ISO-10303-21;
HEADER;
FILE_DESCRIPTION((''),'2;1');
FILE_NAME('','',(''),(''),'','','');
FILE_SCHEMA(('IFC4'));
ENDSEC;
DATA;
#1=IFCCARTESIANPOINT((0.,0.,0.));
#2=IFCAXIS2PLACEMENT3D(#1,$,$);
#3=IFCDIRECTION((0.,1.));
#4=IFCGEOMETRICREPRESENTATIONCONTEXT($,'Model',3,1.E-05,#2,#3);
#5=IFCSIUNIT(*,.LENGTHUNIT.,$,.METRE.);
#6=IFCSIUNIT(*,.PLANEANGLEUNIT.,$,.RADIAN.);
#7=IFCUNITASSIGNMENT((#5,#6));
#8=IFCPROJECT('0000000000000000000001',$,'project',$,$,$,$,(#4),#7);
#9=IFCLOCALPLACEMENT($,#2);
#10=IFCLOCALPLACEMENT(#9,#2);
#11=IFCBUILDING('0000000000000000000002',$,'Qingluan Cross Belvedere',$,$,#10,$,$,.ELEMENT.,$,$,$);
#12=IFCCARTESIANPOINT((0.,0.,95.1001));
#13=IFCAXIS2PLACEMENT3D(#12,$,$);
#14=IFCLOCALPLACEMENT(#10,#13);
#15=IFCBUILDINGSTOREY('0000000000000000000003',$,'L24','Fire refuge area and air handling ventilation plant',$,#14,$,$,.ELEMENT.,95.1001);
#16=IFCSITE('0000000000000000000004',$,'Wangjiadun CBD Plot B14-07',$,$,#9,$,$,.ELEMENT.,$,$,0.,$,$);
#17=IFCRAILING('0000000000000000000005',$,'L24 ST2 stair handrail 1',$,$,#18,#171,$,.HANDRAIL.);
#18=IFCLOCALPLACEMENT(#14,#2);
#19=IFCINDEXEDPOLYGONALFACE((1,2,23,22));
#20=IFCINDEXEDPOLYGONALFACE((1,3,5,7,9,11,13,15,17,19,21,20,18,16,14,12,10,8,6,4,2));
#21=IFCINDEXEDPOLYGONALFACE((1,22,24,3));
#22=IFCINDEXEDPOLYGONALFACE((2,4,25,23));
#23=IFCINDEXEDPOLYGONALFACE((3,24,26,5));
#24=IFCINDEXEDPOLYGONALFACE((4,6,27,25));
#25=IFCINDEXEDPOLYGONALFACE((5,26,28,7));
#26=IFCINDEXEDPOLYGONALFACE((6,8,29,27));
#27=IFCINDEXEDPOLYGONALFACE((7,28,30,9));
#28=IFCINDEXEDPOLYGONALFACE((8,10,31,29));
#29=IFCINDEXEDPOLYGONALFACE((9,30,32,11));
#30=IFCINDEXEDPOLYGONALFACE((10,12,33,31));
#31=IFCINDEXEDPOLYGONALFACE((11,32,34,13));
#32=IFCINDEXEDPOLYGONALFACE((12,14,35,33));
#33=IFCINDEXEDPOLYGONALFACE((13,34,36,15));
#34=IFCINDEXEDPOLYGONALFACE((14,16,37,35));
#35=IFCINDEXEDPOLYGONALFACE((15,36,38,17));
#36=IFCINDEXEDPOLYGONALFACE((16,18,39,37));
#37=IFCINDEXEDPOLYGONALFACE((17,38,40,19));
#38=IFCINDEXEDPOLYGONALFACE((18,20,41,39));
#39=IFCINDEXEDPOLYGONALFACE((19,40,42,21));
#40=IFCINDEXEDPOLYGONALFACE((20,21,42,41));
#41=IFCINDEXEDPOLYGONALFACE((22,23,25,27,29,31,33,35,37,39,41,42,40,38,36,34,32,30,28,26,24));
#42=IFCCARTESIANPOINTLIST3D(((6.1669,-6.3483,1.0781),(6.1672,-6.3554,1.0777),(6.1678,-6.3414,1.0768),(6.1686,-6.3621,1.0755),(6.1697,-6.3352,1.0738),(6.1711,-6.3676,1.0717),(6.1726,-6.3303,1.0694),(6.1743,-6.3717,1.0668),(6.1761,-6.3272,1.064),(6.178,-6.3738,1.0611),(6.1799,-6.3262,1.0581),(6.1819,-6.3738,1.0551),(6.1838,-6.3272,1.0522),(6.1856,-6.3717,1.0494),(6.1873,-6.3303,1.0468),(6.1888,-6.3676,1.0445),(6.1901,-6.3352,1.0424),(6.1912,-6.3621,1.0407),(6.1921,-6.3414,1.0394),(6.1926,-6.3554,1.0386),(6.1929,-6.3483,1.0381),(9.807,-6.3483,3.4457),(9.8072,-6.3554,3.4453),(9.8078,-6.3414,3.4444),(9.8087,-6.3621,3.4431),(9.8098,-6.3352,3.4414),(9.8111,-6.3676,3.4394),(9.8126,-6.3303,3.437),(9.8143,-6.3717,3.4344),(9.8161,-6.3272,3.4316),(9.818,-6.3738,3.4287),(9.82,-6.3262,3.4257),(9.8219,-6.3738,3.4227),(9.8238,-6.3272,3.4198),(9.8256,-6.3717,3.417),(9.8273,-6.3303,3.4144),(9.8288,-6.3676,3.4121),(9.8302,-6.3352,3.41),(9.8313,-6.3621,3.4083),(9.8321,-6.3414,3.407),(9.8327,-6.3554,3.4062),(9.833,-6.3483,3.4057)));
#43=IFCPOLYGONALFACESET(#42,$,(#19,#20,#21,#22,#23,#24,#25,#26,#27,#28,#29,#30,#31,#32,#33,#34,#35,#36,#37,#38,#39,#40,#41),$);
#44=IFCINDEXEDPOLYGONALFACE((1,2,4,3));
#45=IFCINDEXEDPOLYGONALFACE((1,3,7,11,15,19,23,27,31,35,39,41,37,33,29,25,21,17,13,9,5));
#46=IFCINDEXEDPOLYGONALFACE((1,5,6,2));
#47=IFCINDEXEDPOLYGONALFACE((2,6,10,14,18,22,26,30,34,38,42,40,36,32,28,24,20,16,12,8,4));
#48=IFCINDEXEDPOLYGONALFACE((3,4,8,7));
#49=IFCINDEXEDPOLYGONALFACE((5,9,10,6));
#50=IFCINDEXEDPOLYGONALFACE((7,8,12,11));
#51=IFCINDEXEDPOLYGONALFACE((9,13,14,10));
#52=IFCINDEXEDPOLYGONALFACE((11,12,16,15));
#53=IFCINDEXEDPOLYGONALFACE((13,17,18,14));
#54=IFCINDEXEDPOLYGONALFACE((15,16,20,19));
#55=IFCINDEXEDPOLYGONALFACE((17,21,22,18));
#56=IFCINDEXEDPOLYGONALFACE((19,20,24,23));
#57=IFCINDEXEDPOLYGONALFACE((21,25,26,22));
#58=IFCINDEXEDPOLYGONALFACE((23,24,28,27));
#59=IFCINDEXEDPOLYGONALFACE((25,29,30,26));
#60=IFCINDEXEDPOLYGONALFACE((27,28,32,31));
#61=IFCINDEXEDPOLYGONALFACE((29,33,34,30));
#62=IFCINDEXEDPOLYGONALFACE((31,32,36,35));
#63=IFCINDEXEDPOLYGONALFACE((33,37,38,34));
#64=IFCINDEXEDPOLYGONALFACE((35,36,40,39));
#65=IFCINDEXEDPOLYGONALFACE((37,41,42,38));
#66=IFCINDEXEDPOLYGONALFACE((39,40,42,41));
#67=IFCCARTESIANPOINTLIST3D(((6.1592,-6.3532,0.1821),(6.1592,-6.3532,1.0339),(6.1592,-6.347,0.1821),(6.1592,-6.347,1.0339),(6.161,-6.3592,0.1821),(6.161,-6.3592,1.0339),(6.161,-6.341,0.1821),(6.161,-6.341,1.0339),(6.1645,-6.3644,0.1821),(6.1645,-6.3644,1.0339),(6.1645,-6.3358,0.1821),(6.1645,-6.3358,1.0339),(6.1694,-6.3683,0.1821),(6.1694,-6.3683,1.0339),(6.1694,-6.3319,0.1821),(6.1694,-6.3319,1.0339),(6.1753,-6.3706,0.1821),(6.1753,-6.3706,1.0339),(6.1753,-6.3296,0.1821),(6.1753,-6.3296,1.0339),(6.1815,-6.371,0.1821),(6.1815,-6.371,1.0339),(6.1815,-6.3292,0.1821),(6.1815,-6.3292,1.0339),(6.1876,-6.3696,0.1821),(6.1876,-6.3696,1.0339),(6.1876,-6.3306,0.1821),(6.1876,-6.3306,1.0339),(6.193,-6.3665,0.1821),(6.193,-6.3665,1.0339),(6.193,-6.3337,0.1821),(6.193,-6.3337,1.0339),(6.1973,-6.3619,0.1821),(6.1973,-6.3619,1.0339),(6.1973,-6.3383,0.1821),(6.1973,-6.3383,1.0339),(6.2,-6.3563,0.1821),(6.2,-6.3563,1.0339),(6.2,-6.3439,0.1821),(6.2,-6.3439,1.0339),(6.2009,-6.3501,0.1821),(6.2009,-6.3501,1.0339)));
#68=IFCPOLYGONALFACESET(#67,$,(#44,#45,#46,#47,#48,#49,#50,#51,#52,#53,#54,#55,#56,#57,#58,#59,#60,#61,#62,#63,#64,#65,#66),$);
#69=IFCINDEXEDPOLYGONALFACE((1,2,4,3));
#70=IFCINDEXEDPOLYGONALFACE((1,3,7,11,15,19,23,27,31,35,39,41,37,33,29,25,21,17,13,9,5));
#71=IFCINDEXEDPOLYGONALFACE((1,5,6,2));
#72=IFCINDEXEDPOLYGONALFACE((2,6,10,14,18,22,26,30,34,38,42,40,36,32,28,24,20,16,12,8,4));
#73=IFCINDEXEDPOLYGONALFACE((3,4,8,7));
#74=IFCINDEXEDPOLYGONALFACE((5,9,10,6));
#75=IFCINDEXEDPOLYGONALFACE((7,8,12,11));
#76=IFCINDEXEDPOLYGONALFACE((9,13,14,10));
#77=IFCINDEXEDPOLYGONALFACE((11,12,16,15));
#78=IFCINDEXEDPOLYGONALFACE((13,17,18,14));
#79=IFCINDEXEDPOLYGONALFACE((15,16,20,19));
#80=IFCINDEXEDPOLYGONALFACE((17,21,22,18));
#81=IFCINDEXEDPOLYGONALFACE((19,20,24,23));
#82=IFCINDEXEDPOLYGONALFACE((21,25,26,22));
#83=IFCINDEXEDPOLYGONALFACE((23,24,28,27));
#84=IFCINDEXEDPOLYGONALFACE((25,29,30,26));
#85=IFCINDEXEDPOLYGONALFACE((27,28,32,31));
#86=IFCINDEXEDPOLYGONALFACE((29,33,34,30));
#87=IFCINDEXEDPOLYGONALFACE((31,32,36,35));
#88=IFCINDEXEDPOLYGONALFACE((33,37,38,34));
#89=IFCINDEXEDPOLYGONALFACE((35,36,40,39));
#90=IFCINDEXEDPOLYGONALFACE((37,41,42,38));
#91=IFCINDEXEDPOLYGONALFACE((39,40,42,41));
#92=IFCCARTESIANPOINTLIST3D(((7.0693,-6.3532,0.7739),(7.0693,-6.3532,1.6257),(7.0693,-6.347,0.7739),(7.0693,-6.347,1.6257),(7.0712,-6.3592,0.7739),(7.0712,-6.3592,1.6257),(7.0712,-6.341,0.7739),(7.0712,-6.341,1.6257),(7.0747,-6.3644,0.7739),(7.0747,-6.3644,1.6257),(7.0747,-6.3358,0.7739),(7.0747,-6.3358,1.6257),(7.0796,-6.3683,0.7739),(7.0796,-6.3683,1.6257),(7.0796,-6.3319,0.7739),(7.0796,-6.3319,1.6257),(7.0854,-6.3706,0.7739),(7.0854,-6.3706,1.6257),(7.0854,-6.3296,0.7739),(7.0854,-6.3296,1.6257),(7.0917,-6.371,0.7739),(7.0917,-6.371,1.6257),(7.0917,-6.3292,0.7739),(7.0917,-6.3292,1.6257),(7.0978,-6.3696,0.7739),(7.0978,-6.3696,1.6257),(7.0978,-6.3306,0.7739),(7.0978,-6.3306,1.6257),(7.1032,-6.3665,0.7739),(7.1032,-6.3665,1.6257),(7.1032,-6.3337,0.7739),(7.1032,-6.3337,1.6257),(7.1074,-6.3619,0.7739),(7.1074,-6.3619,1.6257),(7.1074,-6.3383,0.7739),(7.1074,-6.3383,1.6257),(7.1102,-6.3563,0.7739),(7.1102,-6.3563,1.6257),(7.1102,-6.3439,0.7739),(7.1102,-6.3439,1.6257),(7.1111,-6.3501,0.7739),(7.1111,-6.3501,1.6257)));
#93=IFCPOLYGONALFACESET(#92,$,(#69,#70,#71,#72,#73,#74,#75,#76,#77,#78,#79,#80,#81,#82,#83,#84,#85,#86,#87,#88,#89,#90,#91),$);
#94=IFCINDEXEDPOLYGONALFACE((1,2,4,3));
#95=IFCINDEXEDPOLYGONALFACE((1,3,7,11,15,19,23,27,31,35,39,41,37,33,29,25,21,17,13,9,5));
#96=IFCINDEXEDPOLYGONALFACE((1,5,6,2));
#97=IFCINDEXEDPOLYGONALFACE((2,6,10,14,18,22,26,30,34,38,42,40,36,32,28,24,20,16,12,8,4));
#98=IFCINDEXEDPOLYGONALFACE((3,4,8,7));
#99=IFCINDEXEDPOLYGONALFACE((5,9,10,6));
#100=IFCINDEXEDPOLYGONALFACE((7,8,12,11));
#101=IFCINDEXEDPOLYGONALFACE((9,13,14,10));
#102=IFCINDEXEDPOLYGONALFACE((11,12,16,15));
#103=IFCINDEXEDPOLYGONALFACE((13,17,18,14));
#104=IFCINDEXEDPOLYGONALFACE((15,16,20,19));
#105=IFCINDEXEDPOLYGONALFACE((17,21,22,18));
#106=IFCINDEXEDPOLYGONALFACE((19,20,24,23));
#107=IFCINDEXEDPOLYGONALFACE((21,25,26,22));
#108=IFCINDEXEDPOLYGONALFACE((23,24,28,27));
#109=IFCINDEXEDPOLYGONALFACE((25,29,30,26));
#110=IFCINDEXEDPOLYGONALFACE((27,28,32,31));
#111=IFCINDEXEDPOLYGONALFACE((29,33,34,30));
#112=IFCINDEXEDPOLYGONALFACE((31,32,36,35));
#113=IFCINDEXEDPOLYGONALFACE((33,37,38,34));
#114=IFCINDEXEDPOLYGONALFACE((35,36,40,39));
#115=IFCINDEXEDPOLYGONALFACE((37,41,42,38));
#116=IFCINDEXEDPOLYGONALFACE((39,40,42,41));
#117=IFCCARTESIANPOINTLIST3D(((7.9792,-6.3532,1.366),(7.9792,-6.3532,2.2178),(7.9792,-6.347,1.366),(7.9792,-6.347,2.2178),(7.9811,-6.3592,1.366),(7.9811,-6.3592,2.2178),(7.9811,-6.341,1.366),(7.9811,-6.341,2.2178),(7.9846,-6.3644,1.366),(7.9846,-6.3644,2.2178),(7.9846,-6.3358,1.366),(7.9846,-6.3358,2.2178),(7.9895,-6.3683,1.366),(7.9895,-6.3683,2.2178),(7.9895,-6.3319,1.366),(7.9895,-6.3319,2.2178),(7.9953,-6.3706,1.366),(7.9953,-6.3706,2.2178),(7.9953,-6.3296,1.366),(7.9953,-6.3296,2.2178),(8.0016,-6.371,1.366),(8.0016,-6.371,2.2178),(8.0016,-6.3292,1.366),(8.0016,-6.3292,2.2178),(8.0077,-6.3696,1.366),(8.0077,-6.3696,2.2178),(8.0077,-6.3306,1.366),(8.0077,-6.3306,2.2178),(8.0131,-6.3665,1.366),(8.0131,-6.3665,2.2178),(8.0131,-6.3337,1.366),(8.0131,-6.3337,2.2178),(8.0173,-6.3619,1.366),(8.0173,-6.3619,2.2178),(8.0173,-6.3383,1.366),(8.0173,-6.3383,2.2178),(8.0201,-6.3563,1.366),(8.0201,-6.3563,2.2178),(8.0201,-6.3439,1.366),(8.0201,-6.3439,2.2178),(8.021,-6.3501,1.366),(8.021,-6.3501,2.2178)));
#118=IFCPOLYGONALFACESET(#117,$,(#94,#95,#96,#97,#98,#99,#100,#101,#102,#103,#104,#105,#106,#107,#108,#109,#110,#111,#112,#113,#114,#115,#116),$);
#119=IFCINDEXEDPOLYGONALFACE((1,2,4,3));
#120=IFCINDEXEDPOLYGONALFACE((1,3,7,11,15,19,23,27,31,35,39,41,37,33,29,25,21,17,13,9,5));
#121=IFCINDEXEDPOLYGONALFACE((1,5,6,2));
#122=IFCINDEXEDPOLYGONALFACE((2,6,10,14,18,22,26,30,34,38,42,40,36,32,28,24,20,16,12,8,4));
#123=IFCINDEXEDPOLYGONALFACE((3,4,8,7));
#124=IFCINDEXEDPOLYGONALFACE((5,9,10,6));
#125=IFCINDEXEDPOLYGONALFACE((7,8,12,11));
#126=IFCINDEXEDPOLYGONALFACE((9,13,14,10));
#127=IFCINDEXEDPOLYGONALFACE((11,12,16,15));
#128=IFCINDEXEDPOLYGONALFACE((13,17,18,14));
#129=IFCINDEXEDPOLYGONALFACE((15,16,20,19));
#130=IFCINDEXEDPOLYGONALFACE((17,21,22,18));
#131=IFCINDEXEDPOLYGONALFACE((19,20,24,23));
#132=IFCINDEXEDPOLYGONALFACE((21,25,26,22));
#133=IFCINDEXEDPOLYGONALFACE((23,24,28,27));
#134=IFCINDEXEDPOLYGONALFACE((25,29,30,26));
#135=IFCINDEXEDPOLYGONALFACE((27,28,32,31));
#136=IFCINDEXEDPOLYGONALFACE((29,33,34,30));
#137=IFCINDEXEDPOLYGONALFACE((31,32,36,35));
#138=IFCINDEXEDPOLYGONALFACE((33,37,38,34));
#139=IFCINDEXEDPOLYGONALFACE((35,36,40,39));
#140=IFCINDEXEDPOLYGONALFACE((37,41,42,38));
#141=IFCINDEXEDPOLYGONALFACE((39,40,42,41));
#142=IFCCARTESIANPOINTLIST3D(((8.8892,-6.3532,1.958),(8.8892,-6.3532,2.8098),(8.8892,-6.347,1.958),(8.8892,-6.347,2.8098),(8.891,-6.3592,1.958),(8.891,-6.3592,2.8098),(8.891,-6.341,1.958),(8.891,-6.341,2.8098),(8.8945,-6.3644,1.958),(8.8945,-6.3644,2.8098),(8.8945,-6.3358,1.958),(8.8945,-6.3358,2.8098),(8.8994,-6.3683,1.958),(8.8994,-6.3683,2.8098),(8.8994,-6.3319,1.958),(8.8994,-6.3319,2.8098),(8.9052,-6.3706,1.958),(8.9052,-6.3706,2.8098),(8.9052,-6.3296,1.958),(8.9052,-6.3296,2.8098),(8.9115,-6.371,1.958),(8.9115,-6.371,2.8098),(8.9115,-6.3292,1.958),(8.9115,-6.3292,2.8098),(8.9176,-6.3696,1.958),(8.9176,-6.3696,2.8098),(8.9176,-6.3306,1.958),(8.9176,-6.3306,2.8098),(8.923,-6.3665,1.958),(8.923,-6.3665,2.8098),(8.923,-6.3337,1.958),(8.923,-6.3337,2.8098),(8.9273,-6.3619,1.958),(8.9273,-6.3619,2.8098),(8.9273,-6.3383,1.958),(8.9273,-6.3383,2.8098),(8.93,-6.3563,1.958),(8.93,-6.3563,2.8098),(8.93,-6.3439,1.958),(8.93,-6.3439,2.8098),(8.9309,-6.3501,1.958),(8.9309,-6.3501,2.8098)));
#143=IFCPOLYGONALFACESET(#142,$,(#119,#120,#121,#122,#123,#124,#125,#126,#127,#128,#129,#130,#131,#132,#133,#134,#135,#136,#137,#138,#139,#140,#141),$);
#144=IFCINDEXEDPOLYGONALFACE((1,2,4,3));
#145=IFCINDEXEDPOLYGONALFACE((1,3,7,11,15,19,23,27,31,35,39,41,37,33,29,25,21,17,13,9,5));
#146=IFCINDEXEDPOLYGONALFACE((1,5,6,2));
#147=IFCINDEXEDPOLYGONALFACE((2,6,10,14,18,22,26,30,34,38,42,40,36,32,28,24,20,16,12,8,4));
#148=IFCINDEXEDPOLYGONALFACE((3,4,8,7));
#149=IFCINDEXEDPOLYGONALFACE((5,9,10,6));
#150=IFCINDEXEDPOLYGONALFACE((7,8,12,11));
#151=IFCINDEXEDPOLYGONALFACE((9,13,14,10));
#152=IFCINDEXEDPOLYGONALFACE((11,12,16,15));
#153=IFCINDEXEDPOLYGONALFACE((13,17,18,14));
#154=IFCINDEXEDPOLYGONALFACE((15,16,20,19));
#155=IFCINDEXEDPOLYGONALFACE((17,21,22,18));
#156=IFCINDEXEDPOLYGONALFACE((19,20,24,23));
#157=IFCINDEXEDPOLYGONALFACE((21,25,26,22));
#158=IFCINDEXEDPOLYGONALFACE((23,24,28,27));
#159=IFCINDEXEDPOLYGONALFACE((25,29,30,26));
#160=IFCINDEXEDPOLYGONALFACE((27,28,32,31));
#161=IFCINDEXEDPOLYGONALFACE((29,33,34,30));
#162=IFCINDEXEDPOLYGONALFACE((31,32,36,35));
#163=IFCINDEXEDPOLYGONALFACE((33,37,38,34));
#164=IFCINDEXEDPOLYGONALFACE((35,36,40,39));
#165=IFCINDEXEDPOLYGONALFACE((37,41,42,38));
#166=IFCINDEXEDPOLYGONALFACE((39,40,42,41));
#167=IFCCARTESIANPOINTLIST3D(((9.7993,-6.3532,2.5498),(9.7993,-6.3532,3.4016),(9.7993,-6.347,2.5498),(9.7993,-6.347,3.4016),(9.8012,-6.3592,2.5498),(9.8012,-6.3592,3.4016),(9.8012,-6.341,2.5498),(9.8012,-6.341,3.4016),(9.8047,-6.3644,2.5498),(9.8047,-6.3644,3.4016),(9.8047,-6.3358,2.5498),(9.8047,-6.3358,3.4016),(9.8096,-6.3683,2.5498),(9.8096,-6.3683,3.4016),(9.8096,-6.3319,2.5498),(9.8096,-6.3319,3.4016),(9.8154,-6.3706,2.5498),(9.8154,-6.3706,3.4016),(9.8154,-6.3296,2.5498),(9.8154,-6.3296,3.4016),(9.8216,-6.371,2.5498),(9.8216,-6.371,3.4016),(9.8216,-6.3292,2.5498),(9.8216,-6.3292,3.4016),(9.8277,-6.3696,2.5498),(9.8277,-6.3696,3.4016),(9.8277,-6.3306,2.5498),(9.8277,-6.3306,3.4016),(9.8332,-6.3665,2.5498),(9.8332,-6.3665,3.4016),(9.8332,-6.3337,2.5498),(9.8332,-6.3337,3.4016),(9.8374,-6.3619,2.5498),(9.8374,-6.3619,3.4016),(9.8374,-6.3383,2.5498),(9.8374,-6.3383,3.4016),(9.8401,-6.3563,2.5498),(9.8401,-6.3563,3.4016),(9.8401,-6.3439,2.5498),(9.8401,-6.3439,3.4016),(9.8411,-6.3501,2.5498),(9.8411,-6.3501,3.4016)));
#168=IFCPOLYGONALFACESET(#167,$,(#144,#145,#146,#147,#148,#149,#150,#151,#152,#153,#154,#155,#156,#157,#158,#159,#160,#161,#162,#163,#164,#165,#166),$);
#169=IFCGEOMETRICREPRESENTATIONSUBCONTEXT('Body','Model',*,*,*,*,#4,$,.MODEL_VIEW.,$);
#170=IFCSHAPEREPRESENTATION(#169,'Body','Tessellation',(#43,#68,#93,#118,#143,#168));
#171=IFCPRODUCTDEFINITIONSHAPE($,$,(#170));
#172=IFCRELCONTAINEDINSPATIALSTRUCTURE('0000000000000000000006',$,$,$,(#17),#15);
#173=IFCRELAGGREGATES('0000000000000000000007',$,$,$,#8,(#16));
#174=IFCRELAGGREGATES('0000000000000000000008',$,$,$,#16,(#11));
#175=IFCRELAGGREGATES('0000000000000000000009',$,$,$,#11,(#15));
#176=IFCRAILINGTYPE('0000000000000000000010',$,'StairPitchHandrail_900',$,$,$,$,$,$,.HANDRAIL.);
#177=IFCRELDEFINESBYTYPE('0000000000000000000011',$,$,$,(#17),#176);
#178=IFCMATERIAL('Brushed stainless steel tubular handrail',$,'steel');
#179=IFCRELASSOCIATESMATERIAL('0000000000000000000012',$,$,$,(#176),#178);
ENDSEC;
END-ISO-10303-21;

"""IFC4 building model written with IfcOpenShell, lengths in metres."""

from ifc_helpers import new_model, si_unit, direction, frame, origin, origin_2d, place, context, subcontext, project, spatial, circle, extrude, material, type_object, element, save


model = new_model("IFC4")

# Units and contexts
model_context = context("Model", 3, precision=1e-05, world=origin(), true_north=direction((0.0, 1.0)))
body_context = subcontext(model_context, "Body", "Model", "MODEL_VIEW")
ifc_project = project(units=[si_unit("LENGTHUNIT", "METRE"), si_unit("PLANEANGLEUNIT", "RADIAN")], contexts=[model_context])

# Site, building, storey
site_placement = place(None, origin())
site = spatial("IfcSite", under=ifc_project, at=site_placement, Name="Wangjiadun CBD Plot B14-07", CompositionType="ELEMENT", RefElevation=0.0)
building_placement = place(site_placement, origin())
building = spatial("IfcBuilding", under=site, at=building_placement, Name="Qingluan Cross Belvedere", CompositionType="ELEMENT")
storey_placement = place(building_placement, frame((0.0, 0.0, 95.1001)))
storey = spatial("IfcBuildingStorey", under=building, at=storey_placement, Name="L24", Description="Fire refuge area and air handling ventilation plant", CompositionType="ELEMENT", Elevation=95.1001)

# Railing
ifc_material_1 = material(Name="Brushed stainless steel tubular handrail", Category="steel")
railing_type_1 = type_object("IfcRailingType", Name="StairPitchHandrail_900", PredefinedType="HANDRAIL", material=ifc_material_1)
for number, where, name in (
    (1, (6.1799, -6.3501, 0.1821), "L24 ST2 stair handrail 1"),
):
    element("IfcRailing", number, at=place(storey_placement, frame(where)), inside=storey, type_object=railing_type_1, Name=name, PredefinedType="HANDRAIL", context=body_context, shape_type="SweptSolid", body=[
        extrude(circle(Radius=0.0239, at=origin_2d()), frame((0.0, 0.0, 0.876), z_axis=(0.838277, 0.0, 0.545245), x_axis=(0.0, 1.0, 0.0)), (0.0, 0.0, 1.0), 4.3423),
        extrude(circle(Radius=0.021, at=origin_2d()), origin(), (0.0, 0.0, 1.0), 0.8518),
        extrude(circle(Radius=0.021, at=origin_2d()), frame((0.9102, 0.0, 0.5918)), (0.0, 0.0, 1.0), 0.8518),
        extrude(circle(Radius=0.021, at=origin_2d()), frame((1.8201, 0.0, 1.1838)), (0.0, 0.0, 1.0), 0.8518),
        extrude(circle(Radius=0.021, at=origin_2d()), frame((2.73, 0.0, 1.7759)), (0.0, 0.0, 1.0), 0.8518),
        extrude(circle(Radius=0.021, at=origin_2d()), frame((3.6401, 0.0, 2.3677)), (0.0, 0.0, 1.0), 0.8518),
    ])

save(model, "model.ifc")
